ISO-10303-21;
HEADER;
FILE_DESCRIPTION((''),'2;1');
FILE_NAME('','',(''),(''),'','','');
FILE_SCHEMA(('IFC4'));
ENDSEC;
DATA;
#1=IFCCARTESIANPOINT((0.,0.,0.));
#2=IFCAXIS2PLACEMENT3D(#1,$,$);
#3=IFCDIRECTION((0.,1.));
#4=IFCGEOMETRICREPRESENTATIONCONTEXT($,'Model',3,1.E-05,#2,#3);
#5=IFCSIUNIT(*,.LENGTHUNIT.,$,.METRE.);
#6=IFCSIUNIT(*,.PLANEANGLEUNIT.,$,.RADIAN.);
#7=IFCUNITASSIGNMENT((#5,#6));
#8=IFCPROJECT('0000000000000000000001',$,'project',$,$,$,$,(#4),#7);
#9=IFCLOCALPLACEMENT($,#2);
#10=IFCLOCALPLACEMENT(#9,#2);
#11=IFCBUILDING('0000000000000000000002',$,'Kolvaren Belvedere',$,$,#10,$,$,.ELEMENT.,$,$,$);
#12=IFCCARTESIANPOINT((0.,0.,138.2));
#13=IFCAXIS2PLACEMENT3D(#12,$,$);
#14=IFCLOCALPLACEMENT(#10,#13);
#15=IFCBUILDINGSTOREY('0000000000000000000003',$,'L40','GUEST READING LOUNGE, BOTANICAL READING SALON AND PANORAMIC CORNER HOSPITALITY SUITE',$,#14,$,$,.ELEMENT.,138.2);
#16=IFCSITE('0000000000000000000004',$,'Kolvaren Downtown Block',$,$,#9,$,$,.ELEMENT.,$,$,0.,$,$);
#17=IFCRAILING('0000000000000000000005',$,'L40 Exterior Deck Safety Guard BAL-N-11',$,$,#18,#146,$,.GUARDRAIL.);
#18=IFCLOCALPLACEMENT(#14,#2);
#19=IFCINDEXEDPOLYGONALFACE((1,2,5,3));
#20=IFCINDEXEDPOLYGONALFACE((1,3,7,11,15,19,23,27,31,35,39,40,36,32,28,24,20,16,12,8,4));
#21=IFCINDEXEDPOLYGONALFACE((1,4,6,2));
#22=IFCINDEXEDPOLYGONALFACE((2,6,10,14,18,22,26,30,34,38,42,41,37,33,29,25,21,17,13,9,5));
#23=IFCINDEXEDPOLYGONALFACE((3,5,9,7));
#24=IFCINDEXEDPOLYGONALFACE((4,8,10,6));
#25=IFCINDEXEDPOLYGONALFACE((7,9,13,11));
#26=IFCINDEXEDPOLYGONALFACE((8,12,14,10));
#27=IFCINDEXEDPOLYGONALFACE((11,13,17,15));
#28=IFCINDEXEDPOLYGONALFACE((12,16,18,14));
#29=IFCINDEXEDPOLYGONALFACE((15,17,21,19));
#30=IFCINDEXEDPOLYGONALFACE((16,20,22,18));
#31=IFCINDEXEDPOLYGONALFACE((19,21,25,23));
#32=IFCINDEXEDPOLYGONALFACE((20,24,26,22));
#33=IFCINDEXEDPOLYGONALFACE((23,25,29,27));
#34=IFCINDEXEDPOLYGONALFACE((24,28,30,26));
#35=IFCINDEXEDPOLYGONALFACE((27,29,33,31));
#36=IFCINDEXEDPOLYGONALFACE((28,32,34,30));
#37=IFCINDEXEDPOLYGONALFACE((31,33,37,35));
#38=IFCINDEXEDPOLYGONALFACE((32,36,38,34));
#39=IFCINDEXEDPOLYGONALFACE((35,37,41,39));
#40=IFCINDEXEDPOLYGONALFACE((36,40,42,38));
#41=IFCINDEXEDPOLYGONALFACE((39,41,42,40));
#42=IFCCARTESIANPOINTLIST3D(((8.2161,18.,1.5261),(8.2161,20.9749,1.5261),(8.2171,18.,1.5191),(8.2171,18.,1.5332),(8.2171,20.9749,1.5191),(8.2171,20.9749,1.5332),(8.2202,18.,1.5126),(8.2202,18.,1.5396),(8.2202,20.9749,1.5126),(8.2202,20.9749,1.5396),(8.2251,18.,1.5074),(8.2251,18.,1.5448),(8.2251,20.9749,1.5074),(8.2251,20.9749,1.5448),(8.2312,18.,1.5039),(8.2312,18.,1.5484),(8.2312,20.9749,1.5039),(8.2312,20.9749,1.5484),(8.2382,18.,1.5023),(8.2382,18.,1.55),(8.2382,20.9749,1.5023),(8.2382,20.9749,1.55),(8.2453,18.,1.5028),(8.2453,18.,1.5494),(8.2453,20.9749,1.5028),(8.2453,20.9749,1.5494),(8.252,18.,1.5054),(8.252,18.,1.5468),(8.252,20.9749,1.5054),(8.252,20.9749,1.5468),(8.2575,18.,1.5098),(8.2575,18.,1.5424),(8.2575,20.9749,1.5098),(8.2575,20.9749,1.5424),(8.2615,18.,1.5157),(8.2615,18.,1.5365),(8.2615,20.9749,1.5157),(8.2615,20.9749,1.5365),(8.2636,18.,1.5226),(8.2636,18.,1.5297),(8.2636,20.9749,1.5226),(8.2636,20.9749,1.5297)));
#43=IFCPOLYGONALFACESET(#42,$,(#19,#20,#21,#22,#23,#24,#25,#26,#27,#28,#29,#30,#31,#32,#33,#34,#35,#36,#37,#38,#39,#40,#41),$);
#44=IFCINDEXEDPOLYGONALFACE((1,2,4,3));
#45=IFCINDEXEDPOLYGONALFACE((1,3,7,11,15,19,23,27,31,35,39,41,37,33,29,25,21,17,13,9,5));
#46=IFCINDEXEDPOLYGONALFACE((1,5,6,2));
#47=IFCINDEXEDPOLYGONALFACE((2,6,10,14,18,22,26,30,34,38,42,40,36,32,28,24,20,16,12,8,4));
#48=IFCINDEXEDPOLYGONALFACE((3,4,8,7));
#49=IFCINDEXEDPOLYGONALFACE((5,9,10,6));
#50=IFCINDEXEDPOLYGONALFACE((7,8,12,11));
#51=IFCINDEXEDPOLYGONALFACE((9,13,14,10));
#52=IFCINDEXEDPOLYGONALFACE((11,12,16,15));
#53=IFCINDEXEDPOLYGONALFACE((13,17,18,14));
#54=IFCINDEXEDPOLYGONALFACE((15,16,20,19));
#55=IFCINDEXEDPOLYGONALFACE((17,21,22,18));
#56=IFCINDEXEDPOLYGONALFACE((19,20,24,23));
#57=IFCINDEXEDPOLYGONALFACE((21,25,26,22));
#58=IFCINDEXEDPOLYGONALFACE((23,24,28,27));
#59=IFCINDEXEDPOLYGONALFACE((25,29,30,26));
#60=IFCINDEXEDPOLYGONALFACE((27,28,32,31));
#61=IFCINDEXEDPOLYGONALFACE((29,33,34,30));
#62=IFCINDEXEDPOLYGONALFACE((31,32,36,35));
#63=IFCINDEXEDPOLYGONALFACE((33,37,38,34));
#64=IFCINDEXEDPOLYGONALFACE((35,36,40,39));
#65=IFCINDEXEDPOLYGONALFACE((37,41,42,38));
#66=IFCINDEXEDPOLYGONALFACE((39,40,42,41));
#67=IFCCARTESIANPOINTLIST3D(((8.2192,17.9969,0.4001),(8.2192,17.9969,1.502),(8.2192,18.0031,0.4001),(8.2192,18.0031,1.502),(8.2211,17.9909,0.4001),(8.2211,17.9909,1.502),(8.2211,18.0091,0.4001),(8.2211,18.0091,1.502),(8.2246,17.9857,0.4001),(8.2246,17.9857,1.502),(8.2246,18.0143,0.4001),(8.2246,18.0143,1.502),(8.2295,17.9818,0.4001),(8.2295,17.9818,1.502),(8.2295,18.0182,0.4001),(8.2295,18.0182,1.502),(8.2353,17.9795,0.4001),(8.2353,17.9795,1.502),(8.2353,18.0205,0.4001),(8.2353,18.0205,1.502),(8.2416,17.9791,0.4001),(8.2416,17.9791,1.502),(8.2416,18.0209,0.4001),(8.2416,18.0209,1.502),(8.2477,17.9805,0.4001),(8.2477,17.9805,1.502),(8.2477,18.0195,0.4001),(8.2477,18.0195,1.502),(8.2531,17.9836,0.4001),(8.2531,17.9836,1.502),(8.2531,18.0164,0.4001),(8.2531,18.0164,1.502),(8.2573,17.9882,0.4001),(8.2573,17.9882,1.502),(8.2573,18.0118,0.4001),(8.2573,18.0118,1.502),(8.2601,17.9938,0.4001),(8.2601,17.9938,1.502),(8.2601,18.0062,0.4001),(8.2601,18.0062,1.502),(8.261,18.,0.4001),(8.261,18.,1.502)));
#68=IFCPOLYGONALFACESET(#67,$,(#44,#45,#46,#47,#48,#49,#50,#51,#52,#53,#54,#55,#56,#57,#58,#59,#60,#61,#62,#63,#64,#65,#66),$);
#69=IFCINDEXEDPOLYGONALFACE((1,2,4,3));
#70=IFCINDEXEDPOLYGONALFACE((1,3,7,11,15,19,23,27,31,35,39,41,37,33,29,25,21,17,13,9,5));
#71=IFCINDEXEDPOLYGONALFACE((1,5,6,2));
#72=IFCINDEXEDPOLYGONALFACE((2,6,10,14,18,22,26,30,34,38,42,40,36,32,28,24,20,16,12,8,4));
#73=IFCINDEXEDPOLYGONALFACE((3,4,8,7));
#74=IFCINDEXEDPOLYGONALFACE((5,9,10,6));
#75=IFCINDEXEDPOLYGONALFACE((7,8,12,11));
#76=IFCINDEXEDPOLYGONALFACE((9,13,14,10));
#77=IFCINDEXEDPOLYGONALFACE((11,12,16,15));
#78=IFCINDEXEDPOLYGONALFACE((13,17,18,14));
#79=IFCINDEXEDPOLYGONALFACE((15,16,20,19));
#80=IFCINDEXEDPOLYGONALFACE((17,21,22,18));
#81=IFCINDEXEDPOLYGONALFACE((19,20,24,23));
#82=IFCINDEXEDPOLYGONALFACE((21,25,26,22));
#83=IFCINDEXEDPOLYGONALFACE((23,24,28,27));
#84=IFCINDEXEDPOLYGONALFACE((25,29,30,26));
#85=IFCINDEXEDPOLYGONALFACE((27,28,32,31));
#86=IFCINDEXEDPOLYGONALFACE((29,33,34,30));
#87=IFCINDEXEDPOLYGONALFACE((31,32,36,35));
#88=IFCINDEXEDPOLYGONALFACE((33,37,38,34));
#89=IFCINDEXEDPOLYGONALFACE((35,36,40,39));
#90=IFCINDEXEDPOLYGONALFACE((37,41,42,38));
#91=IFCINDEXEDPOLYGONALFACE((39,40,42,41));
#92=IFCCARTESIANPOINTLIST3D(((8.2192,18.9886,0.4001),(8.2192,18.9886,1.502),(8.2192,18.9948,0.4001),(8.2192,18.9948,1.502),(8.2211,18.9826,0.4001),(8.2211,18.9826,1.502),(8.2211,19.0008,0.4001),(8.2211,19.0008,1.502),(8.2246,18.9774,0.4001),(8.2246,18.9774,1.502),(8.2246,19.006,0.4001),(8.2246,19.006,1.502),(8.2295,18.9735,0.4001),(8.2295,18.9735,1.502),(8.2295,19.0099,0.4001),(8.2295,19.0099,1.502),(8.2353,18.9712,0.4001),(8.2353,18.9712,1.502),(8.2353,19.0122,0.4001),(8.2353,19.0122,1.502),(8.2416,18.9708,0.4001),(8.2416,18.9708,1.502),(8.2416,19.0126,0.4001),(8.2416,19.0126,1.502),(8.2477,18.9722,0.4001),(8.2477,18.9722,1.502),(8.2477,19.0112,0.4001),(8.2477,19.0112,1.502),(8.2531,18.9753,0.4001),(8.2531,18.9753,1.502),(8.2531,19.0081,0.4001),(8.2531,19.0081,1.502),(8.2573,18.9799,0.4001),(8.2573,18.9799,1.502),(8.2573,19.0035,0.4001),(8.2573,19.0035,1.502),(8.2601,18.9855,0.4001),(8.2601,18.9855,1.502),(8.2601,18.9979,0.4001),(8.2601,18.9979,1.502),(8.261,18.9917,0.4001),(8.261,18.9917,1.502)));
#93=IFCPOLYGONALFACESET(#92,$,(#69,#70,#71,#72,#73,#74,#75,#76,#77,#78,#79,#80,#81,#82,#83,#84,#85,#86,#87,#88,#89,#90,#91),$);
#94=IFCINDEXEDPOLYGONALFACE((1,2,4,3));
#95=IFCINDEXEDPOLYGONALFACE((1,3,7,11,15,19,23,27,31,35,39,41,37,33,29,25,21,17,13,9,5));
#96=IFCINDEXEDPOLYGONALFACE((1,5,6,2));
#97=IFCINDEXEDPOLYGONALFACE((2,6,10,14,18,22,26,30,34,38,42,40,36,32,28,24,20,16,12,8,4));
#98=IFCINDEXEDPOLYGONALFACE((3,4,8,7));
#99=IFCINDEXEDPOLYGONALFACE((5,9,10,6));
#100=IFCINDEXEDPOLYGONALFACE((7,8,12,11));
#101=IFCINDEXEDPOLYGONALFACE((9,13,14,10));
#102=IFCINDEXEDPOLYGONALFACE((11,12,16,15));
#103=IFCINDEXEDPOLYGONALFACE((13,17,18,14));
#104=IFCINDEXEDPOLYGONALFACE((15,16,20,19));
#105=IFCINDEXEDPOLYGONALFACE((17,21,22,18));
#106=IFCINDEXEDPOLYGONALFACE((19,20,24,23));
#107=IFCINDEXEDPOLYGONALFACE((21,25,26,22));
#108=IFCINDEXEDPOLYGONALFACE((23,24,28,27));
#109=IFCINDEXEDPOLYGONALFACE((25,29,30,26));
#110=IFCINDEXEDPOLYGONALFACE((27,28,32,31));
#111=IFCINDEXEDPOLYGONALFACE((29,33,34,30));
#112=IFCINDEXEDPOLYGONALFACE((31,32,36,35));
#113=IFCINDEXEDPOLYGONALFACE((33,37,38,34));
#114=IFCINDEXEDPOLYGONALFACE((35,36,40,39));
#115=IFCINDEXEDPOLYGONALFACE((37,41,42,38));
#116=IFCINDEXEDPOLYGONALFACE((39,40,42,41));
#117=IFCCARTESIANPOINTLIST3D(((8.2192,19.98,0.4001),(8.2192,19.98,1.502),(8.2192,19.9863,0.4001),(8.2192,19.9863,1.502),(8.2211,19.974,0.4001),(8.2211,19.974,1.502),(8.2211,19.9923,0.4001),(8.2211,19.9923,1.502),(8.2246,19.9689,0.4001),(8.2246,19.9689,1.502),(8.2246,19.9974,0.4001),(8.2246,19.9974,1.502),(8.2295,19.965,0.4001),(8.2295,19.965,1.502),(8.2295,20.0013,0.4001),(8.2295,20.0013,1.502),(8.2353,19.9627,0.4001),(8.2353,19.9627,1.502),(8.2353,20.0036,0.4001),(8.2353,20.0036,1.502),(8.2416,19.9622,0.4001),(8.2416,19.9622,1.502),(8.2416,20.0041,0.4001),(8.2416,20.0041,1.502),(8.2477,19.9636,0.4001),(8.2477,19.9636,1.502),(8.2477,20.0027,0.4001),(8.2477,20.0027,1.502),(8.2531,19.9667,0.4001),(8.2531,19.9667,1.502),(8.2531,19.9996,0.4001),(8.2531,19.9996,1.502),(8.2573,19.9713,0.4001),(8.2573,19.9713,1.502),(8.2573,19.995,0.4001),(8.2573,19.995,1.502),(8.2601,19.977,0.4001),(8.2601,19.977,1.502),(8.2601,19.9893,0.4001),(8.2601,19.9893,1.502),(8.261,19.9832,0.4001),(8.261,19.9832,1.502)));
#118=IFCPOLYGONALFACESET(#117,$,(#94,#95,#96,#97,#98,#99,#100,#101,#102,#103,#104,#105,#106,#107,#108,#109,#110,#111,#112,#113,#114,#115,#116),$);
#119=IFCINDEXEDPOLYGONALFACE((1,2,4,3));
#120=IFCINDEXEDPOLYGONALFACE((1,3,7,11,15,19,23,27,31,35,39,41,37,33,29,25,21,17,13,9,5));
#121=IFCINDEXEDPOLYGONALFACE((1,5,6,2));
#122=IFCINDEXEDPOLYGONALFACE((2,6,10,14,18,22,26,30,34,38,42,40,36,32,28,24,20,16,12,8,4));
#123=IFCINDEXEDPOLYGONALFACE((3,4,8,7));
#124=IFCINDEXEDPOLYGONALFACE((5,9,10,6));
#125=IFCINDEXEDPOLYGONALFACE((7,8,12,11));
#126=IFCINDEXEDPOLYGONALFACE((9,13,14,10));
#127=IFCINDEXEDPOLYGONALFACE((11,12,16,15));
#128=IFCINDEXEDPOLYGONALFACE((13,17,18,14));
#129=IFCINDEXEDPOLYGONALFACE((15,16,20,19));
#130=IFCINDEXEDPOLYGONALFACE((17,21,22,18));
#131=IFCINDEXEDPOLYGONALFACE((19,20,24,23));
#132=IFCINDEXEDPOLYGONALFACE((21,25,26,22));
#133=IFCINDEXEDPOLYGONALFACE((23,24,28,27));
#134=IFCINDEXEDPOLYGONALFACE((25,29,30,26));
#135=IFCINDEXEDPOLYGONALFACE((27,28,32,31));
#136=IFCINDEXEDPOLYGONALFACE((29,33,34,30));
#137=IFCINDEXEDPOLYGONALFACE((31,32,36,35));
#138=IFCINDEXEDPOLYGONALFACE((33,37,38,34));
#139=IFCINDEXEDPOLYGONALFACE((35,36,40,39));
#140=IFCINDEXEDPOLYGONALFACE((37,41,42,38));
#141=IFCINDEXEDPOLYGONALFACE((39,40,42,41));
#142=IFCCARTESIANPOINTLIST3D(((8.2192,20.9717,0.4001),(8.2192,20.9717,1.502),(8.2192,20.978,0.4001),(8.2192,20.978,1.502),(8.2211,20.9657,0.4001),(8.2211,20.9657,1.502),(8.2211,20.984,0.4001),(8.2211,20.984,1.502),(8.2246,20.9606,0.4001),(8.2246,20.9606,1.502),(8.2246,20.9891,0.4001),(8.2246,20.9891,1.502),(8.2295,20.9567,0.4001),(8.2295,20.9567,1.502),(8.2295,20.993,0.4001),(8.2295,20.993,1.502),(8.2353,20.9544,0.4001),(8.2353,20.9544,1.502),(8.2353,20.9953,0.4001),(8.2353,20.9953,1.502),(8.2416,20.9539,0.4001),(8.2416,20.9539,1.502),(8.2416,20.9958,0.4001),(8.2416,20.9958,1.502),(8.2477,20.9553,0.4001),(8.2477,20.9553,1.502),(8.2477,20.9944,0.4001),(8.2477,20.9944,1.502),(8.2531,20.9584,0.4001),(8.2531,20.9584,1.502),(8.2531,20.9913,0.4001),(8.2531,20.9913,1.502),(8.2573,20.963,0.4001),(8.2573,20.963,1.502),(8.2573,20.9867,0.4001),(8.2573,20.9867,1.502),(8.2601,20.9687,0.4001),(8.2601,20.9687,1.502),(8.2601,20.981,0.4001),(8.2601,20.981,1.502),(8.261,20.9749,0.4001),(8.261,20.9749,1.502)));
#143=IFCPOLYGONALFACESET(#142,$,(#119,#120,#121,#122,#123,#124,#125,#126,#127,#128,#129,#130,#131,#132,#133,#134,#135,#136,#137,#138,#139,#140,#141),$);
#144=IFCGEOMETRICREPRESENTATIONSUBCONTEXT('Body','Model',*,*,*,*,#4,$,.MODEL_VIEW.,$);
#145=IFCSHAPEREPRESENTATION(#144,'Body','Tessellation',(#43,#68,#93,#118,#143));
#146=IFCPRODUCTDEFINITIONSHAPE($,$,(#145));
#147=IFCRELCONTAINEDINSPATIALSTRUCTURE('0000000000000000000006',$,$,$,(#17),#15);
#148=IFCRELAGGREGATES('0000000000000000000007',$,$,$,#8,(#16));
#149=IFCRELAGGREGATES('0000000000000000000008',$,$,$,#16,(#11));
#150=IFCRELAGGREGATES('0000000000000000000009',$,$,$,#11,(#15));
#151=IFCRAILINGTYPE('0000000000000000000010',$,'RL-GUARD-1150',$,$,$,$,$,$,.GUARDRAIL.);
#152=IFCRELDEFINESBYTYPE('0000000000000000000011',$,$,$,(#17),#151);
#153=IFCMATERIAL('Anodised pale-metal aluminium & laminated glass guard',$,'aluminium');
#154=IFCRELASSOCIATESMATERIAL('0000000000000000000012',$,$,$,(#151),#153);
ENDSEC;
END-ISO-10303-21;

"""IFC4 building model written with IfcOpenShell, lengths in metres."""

from ifc_helpers import new_model, si_unit, direction, frame, origin, origin_2d, place, context, subcontext, project, spatial, circle, extrude, material, type_object, element, save


model = new_model("IFC4")

# Units and contexts
model_context = context("Model", 3, precision=1e-05, world=origin(), true_north=direction((0.0, 1.0)))
body_context = subcontext(model_context, "Body", "Model", "MODEL_VIEW")
ifc_project = project(units=[si_unit("LENGTHUNIT", "METRE"), si_unit("PLANEANGLEUNIT", "RADIAN")], contexts=[model_context])

# Site, building, storey
site_placement = place(None, origin())
site = spatial("IfcSite", under=ifc_project, at=site_placement, Name="Kolvaren Downtown Block", CompositionType="ELEMENT", RefElevation=0.0)
building_placement = place(site_placement, origin())
building = spatial("IfcBuilding", under=site, at=building_placement, Name="Kolvaren Belvedere", CompositionType="ELEMENT")
storey_placement = place(building_placement, frame((0.0, 0.0, 138.2)))
storey = spatial("IfcBuildingStorey", under=building, at=storey_placement, Name="L40", Description="GUEST READING LOUNGE, BOTANICAL READING SALON AND PANORAMIC CORNER HOSPITALITY SUITE", CompositionType="ELEMENT", Elevation=138.2)

# Railing
ifc_material_1 = material(Name="Anodised pale-metal aluminium & laminated glass guard", Category="aluminium")
railing_type = type_object("IfcRailingType", Name="RL-GUARD-1150", PredefinedType="GUARDRAIL", material=ifc_material_1)
railing_1_placement = place(storey_placement, frame((8.24, 18.0, 0.4001)))
element("IfcRailing", 1, at=railing_1_placement, inside=storey, type_object=railing_type, Name="L40 Exterior Deck Safety Guard BAL-N-11", PredefinedType="GUARDRAIL", context=body_context, shape_type="SweptSolid", body=[
    extrude(circle(Radius=0.0239, at=origin_2d()), frame((0.0, 0.0, 1.126), z_axis=(0.0, 1.0, 0.0), x_axis=(-1.0, 0.0, 0.0)), (0.0, 0.0, 1.0), 2.9749),
    extrude(circle(Radius=0.021, at=origin_2d()), origin(), (0.0, 0.0, 1.0), 1.1018),
    extrude(circle(Radius=0.021, at=origin_2d()), frame((0.0, 0.9917, 0.0)), (0.0, 0.0, 1.0), 1.1018),
    extrude(circle(Radius=0.021, at=origin_2d()), frame((0.0, 1.9832, 0.0)), (0.0, 0.0, 1.0), 1.1018),
    extrude(circle(Radius=0.021, at=origin_2d()), frame((0.0, 2.9749, 0.0)), (0.0, 0.0, 1.0), 1.1018),
])

save(model, "model.ifc")
